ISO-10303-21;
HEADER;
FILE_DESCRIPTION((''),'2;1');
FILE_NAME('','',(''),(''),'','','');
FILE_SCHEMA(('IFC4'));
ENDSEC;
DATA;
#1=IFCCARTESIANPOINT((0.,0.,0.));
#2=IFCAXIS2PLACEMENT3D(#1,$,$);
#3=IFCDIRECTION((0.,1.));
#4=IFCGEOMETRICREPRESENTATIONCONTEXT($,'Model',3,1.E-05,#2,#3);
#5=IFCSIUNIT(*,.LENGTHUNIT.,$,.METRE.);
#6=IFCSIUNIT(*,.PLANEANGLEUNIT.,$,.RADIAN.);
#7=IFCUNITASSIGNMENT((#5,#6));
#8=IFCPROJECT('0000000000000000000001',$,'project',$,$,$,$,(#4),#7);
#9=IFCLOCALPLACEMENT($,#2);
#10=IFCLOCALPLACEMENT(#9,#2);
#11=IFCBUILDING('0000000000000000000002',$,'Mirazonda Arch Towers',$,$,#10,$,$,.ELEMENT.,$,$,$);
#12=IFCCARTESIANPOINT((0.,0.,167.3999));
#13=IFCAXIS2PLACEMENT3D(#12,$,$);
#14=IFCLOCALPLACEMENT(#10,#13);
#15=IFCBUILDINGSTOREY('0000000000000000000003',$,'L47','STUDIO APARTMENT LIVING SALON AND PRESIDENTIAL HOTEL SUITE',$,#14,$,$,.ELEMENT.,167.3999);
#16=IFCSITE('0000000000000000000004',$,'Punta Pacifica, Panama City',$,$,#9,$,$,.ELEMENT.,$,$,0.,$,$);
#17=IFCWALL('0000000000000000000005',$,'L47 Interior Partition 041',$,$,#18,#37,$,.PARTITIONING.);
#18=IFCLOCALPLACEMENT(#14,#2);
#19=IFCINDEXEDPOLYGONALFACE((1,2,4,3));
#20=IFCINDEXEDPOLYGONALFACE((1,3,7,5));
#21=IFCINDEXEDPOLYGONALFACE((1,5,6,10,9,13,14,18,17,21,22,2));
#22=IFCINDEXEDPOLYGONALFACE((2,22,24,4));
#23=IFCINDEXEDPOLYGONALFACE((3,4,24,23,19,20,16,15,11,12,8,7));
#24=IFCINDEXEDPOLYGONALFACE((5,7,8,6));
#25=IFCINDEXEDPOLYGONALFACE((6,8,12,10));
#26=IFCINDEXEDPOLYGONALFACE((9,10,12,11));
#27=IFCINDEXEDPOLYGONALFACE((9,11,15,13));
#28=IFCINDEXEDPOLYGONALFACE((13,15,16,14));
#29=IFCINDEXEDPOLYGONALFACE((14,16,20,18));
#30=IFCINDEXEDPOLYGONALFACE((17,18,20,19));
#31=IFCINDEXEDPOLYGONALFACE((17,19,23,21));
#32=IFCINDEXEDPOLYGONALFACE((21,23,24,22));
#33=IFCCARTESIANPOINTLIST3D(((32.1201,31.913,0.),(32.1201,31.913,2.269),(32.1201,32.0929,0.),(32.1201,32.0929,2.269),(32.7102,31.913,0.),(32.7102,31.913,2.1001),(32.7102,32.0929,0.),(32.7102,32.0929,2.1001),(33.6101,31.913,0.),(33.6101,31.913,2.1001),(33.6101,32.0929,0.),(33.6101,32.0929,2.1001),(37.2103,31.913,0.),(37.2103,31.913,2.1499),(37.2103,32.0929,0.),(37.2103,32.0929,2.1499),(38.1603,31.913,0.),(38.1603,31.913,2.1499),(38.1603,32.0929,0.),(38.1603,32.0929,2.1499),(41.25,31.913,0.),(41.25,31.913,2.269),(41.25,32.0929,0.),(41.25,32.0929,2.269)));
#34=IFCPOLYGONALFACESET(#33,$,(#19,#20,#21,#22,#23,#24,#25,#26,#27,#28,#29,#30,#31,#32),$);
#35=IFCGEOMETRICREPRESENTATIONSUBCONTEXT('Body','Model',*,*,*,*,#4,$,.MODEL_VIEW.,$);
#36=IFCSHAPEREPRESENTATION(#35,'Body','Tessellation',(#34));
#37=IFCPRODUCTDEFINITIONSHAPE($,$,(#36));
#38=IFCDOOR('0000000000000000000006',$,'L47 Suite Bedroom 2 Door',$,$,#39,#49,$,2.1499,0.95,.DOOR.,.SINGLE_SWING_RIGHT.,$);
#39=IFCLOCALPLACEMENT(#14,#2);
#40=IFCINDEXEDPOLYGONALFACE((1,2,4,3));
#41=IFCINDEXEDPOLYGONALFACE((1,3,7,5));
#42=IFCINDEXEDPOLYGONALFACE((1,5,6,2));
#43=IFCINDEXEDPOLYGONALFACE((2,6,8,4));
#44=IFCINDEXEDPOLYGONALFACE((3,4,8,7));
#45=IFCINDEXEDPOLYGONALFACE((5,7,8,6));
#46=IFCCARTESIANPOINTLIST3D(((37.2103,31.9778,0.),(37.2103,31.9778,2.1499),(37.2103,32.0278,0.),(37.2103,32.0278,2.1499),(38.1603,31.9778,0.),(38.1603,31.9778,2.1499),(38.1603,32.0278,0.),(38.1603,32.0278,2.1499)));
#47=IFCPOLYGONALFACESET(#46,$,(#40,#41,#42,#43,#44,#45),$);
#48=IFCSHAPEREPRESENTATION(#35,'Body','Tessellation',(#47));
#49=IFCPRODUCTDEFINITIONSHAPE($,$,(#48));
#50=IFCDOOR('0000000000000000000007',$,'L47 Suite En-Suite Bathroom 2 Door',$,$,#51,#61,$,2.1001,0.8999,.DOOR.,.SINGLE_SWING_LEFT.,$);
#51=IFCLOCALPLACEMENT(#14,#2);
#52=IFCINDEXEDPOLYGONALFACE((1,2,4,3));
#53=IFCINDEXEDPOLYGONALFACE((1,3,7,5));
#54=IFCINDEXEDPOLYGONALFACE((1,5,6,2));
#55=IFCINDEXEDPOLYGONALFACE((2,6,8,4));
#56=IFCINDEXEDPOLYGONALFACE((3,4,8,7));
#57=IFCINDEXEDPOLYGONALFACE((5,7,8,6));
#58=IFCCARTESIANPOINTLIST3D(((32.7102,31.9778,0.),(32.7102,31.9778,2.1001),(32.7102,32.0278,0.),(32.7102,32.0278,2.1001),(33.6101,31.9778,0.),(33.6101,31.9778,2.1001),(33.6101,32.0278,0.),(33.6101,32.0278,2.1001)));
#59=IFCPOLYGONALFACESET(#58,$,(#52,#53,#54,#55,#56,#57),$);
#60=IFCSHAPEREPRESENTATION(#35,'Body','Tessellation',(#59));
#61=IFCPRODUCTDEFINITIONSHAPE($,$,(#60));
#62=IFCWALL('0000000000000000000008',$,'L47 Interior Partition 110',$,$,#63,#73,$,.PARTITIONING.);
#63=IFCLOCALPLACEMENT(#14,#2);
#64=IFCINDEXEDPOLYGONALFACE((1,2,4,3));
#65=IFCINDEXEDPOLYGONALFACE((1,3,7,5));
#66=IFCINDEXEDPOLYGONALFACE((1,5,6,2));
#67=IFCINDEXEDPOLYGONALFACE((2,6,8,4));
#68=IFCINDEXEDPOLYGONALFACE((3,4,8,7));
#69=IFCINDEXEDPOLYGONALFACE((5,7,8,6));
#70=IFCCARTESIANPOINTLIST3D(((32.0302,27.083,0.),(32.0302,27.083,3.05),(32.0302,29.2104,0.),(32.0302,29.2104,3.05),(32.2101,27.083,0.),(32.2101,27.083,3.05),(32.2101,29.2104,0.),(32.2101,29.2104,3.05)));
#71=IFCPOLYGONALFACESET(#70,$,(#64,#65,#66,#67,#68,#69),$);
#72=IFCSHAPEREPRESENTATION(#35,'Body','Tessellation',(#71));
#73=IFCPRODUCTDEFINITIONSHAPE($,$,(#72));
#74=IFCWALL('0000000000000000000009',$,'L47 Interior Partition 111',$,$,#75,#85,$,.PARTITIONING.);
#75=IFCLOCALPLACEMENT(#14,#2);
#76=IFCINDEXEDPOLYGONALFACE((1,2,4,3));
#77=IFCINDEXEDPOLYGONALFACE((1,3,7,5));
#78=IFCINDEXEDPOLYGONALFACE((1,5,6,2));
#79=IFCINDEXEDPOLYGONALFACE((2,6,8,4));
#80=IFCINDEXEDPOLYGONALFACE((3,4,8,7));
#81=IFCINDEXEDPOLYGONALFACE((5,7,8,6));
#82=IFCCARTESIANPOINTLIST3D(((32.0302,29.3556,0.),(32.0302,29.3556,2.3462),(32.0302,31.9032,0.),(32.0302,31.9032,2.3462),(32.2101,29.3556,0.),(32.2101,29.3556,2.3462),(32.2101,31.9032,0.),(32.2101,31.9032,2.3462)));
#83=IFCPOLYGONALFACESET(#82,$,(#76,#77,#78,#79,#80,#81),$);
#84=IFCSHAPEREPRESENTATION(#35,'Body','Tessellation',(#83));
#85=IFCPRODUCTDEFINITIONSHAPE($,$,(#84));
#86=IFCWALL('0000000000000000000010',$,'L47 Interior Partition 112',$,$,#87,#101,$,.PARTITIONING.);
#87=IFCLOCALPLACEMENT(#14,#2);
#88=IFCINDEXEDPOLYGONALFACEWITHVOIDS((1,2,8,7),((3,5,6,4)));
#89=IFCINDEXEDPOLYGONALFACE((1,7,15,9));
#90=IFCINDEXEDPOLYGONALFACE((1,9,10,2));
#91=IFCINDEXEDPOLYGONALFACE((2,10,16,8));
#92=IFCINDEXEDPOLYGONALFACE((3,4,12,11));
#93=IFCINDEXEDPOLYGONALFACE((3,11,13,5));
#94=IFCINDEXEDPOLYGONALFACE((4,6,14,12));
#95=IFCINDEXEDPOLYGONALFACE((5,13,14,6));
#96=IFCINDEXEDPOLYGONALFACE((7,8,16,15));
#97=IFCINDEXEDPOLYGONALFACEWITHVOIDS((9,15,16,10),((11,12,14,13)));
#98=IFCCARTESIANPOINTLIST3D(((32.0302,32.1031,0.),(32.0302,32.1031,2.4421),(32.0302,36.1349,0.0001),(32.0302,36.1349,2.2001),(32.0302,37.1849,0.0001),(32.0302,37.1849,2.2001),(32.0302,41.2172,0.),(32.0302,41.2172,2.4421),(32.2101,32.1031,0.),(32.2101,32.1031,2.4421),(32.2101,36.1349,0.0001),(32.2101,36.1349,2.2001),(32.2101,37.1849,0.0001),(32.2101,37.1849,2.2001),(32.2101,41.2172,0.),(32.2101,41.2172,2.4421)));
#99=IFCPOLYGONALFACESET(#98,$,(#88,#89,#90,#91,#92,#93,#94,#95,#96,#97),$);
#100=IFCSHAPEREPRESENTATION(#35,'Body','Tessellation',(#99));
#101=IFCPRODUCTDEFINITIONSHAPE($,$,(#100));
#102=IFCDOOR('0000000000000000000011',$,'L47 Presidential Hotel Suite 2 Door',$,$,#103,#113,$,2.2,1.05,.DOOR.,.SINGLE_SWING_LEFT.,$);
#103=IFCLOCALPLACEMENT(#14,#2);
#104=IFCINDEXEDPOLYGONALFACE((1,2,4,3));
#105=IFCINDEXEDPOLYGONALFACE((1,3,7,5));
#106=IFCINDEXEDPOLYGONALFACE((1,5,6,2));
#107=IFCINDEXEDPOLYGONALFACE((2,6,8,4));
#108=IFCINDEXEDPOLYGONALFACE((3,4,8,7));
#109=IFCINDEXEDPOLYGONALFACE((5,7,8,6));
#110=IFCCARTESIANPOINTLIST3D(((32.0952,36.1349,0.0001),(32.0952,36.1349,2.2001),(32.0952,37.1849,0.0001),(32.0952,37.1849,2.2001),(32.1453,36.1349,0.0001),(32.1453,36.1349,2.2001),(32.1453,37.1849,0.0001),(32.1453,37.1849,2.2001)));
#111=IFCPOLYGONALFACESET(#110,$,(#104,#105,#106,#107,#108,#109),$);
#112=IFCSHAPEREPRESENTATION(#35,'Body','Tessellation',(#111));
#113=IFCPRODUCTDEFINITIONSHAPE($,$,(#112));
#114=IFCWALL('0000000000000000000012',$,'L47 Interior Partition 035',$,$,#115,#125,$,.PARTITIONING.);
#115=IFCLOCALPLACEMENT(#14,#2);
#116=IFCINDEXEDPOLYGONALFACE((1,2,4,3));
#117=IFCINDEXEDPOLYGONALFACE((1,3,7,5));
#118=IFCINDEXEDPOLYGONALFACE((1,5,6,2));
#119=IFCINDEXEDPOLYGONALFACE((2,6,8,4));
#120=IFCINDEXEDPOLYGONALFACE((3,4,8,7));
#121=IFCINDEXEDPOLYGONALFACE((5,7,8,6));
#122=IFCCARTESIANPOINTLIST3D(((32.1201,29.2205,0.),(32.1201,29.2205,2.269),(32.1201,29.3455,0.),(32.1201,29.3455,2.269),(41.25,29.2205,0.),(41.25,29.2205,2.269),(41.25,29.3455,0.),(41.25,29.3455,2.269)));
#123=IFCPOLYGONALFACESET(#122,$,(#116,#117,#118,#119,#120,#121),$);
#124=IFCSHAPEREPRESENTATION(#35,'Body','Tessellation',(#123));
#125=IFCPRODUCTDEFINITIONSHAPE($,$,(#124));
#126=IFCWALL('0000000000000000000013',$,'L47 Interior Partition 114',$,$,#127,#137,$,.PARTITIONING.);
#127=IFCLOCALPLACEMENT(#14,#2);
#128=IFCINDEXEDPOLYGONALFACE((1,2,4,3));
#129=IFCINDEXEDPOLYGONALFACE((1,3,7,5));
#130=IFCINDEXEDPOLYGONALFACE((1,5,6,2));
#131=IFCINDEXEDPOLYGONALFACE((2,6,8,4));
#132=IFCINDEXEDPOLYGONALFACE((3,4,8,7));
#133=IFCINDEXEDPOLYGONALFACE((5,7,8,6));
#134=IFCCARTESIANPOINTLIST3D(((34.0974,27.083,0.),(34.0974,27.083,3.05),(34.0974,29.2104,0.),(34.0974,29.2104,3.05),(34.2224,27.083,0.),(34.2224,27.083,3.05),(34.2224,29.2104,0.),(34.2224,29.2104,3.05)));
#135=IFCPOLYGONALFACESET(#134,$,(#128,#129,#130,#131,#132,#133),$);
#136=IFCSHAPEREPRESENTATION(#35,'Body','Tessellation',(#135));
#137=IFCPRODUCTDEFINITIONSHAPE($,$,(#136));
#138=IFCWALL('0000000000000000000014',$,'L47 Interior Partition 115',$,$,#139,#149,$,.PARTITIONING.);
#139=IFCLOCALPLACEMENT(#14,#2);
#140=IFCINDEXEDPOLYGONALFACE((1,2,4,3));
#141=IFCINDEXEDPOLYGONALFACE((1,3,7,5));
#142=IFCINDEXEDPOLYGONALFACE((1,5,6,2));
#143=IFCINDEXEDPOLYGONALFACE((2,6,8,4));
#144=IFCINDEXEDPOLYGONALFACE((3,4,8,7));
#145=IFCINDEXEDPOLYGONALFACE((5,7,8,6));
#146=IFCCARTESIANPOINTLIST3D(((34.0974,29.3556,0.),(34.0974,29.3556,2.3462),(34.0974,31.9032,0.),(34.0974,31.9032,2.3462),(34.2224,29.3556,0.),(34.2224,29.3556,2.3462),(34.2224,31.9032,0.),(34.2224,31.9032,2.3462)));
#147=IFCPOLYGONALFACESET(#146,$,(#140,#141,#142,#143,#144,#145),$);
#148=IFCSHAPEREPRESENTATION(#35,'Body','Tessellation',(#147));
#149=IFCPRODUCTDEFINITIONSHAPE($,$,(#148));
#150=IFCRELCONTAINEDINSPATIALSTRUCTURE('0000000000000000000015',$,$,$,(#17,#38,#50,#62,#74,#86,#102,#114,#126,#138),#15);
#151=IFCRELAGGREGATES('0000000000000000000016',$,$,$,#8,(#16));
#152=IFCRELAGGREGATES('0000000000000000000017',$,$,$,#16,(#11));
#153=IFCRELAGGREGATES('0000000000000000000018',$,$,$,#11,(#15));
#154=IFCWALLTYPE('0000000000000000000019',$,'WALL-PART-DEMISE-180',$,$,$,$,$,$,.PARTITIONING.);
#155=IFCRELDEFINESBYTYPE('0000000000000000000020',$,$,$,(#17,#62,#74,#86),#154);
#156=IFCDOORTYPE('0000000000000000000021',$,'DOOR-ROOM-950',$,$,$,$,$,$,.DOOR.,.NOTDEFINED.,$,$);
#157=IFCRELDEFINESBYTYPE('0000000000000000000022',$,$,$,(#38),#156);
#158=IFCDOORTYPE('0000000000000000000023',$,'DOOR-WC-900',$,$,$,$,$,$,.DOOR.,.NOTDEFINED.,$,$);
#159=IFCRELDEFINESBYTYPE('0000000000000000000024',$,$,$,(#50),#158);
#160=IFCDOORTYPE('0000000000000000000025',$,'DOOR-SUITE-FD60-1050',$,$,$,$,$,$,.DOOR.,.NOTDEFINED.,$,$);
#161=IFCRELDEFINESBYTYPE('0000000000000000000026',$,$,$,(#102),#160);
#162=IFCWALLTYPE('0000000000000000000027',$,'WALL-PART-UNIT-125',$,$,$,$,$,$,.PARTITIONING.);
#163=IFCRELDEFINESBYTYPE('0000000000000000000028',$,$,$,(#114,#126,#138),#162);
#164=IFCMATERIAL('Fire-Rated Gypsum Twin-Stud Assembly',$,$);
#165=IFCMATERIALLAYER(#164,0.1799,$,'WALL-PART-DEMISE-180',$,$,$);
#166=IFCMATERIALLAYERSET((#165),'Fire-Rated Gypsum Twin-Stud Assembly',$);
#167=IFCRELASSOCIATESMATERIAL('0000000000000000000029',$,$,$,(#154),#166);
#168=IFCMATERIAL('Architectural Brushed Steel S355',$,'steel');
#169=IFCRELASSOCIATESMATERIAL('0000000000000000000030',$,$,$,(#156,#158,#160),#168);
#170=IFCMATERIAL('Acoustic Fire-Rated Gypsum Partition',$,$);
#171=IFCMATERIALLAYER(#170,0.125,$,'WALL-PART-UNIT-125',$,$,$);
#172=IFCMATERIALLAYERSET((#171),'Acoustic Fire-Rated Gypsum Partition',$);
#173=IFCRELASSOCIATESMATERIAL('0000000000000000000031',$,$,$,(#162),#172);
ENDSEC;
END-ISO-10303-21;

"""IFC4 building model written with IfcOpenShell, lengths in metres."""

from ifc_helpers import new_model, si_unit, direction, frame, frame_2d, origin, place, context, subcontext, project, spatial, rectangle, extrude, material, layer, layer_set, type_object, element, fill, save


model = new_model("IFC4")

# Units and contexts
model_context = context("Model", 3, precision=1e-05, world=origin(), true_north=direction((0.0, 1.0)))
body_context = subcontext(model_context, "Body", "Model", "MODEL_VIEW")
ifc_project = project(units=[si_unit("LENGTHUNIT", "METRE"), si_unit("PLANEANGLEUNIT", "RADIAN")], contexts=[model_context])

# Site, building, storey
site_placement = place(None, origin())
site = spatial("IfcSite", under=ifc_project, at=site_placement, Name="Punta Pacifica, Panama City", CompositionType="ELEMENT", RefElevation=0.0)
building_placement = place(site_placement, origin())
building = spatial("IfcBuilding", under=site, at=building_placement, Name="Mirazonda Arch Towers", CompositionType="ELEMENT")
storey_placement = place(building_placement, frame((0.0, 0.0, 167.3999)))
storey = spatial("IfcBuildingStorey", under=building, at=storey_placement, Name="L47", Description="STUDIO APARTMENT LIVING SALON AND PRESIDENTIAL HOTEL SUITE", CompositionType="ELEMENT", Elevation=167.3999)

# Wall, openings, doors
ifc_material_1 = material(Name="Fire-Rated Gypsum Twin-Stud Assembly")
ifc_layer_1 = layer(ifc_material_1, 0.1799, Name="WALL-PART-DEMISE-180")
ifc_layer_set_1 = layer_set([ifc_layer_1], Name="Fire-Rated Gypsum Twin-Stud Assembly")
wall_type_1 = type_object("IfcWallType", Name="WALL-PART-DEMISE-180", PredefinedType="PARTITIONING", material=ifc_layer_set_1)
ifc_material_2 = material(Name="Architectural Brushed Steel S355", Category="steel")
door_type_1 = type_object("IfcDoorType", Name="DOOR-ROOM-950", OperationType="NOTDEFINED", PredefinedType="DOOR", material=ifc_material_2)
door_type_2 = type_object("IfcDoorType", Name="DOOR-WC-900", OperationType="NOTDEFINED", PredefinedType="DOOR", material=ifc_material_2)
wall_1_placement = place(storey_placement, frame((32.1201, 32.0029, 0.0), z_axis=(0.0, 0.0, 1.0), x_axis=(1.0, 0.0, 0.0)))
wall_1 = element("IfcWall", 1, at=wall_1_placement, inside=storey, type_object=wall_type_1, Name="L47 Interior Partition 041", PredefinedType="PARTITIONING", context=body_context, shape_type="SweptSolid", body=[
    extrude(rectangle(XDim=9.1299, YDim=0.1799, at=frame_2d((4.5649, 0.0))), origin(), (0.0, 0.0, 1.0), 2.269),
])
opening_1_placement = place(wall_1_placement, frame((5.0901, 0.0, 0.0)))
opening_1 = element("IfcOpeningElement", 2, at=opening_1_placement, cuts=wall_1, PredefinedType="OPENING", context=body_context, shape_type="SweptSolid", body=[
    extrude(rectangle(XDim=0.95, YDim=2.1499, at=frame_2d((0.4751, 1.075))), frame((0.0, 0.0999, 0.0), z_axis=(0.0, -1.0, 0.0), x_axis=(1.0, 0.0, 0.0)), (0.0, 0.0, 1.0), 0.2),
])
opening_2_placement = place(wall_1_placement, frame((0.5901, 0.0, 0.0)))
opening_2 = element("IfcOpeningElement", 3, at=opening_2_placement, cuts=wall_1, PredefinedType="OPENING", context=body_context, shape_type="SweptSolid", body=[
    extrude(rectangle(XDim=0.8999, YDim=2.1001, at=frame_2d((0.45, 1.05))), frame((0.0, 0.0999, 0.0), z_axis=(0.0, -1.0, 0.0), x_axis=(1.0, 0.0, 0.0)), (0.0, 0.0, 1.0), 0.2),
])
door_1_placement = place(opening_1_placement, origin())
door_1 = element("IfcDoor", 4, at=door_1_placement, inside=storey, type_object=door_type_1, Name="L47 Suite Bedroom 2 Door", OperationType="SINGLE_SWING_RIGHT", OverallHeight=2.1499, OverallWidth=0.95, PredefinedType="DOOR", context=body_context, shape_type="SweptSolid", body=[
    extrude(rectangle(XDim=0.95, YDim=2.1499, at=frame_2d((0.4751, 1.075))), frame((0.0, 0.0249, 0.0), z_axis=(0.0, -1.0, 0.0), x_axis=(1.0, 0.0, 0.0)), (0.0, 0.0, 1.0), 0.05),
])
fill(opening_1, door_1)
door_2_placement = place(opening_2_placement, origin())
door_2 = element("IfcDoor", 5, at=door_2_placement, inside=storey, type_object=door_type_2, Name="L47 Suite En-Suite Bathroom 2 Door", OperationType="SINGLE_SWING_LEFT", OverallHeight=2.1001, OverallWidth=0.8999, PredefinedType="DOOR", context=body_context, shape_type="SweptSolid", body=[
    extrude(rectangle(XDim=0.8999, YDim=2.1001, at=frame_2d((0.45, 1.05))), frame((0.0, 0.0249, 0.0), z_axis=(0.0, -1.0, 0.0), x_axis=(1.0, 0.0, 0.0)), (0.0, 0.0, 1.0), 0.05),
])
fill(opening_2, door_2)

# Walls
wall_2_placement = place(storey_placement, frame((32.1201, 27.083, 0.0), z_axis=(0.0, 0.0, 1.0), x_axis=(0.0, 1.0, 0.0)))
element("IfcWall", 6, at=wall_2_placement, inside=storey, type_object=wall_type_1, Name="L47 Interior Partition 110", PredefinedType="PARTITIONING", context=body_context, shape_type="SweptSolid", body=[
    extrude(rectangle(XDim=2.1274, YDim=0.1799, at=frame_2d((1.0637, 0.0))), origin(), (0.0, 0.0, 1.0), 3.05),
])
wall_3_placement = place(storey_placement, frame((32.1201, 29.3555, 0.0), z_axis=(0.0, 0.0, 1.0), x_axis=(0.0, 1.0, 0.0)))
element("IfcWall", 7, at=wall_3_placement, inside=storey, type_object=wall_type_1, Name="L47 Interior Partition 111", PredefinedType="PARTITIONING", context=body_context, shape_type="SweptSolid", body=[
    extrude(rectangle(XDim=2.5476, YDim=0.1799, at=frame_2d((1.2739, 0.0))), origin(), (0.0, 0.0, 1.0), 2.3462),
])

# Wall, opening, door
wall_4_placement = place(storey_placement, frame((32.1201, 32.103, 0.0), z_axis=(0.0, 0.0, 1.0), x_axis=(0.0, 1.0, 0.0)))
wall_4 = element("IfcWall", 8, at=wall_4_placement, inside=storey, type_object=wall_type_1, Name="L47 Interior Partition 112", PredefinedType="PARTITIONING", context=body_context, shape_type="SweptSolid", body=[
    extrude(rectangle(XDim=9.114, YDim=0.1799, at=frame_2d((4.5571, 0.0))), origin(), (0.0, 0.0, 1.0), 2.4421),
])
opening_3_placement = place(wall_4_placement, frame((4.032, 0.0, 0.0)))
opening_3 = element("IfcOpeningElement", 9, at=opening_3_placement, cuts=wall_4, PredefinedType="OPENING", context=body_context, shape_type="SweptSolid", body=[
    extrude(rectangle(XDim=1.05, YDim=2.2, at=frame_2d((0.5249, 1.1001))), frame((0.0, 0.0999, 0.0), z_axis=(0.0, -1.0, 0.0), x_axis=(1.0, 0.0, 0.0)), (0.0, 0.0, 1.0), 0.2),
])
door_type_3 = type_object("IfcDoorType", Name="DOOR-SUITE-FD60-1050", OperationType="NOTDEFINED", PredefinedType="DOOR", material=ifc_material_2)
door_3_placement = place(opening_3_placement, origin())
door_3 = element("IfcDoor", 10, at=door_3_placement, inside=storey, type_object=door_type_3, Name="L47 Presidential Hotel Suite 2 Door", OperationType="SINGLE_SWING_LEFT", OverallHeight=2.2, OverallWidth=1.05, PredefinedType="DOOR", context=body_context, shape_type="SweptSolid", body=[
    extrude(rectangle(XDim=1.05, YDim=2.2, at=frame_2d((0.5249, 1.1001))), frame((0.0, 0.0249, 0.0), z_axis=(0.0, -1.0, 0.0), x_axis=(1.0, 0.0, 0.0)), (0.0, 0.0, 1.0), 0.05),
])
fill(opening_3, door_3)

# Walls
ifc_material_3 = material(Name="Acoustic Fire-Rated Gypsum Partition")
ifc_layer_2 = layer(ifc_material_3, 0.125, Name="WALL-PART-UNIT-125")
ifc_layer_set_2 = layer_set([ifc_layer_2], Name="Acoustic Fire-Rated Gypsum Partition")
wall_type_2 = type_object("IfcWallType", Name="WALL-PART-UNIT-125", PredefinedType="PARTITIONING", material=ifc_layer_set_2)
wall_5_placement = place(storey_placement, frame((32.1201, 29.283, 0.0), z_axis=(0.0, 0.0, 1.0), x_axis=(1.0, 0.0, 0.0)))
element("IfcWall", 11, at=wall_5_placement, inside=storey, type_object=wall_type_2, Name="L47 Interior Partition 035", PredefinedType="PARTITIONING", context=body_context, shape_type="SweptSolid", body=[
    extrude(rectangle(XDim=9.1299, YDim=0.125, at=frame_2d((4.5649, 0.0))), origin(), (0.0, 0.0, 1.0), 2.269),
])
wall_6_placement = place(storey_placement, frame((34.1599, 27.083, 0.0), z_axis=(0.0, 0.0, 1.0), x_axis=(0.0, 1.0, 0.0)))
element("IfcWall", 12, at=wall_6_placement, inside=storey, type_object=wall_type_2, Name="L47 Interior Partition 114", PredefinedType="PARTITIONING", context=body_context, shape_type="SweptSolid", body=[
    extrude(rectangle(XDim=2.1274, YDim=0.125, at=frame_2d((1.0637, 0.0))), origin(), (0.0, 0.0, 1.0), 3.05),
])
wall_7_placement = place(storey_placement, frame((34.1599, 29.3555, 0.0), z_axis=(0.0, 0.0, 1.0), x_axis=(0.0, 1.0, 0.0)))
element("IfcWall", 13, at=wall_7_placement, inside=storey, type_object=wall_type_2, Name="L47 Interior Partition 115", PredefinedType="PARTITIONING", context=body_context, shape_type="SweptSolid", body=[
    extrude(rectangle(XDim=2.5476, YDim=0.125, at=frame_2d((1.2739, 0.0))), origin(), (0.0, 0.0, 1.0), 2.3462),
])

save(model, "model.ifc")
